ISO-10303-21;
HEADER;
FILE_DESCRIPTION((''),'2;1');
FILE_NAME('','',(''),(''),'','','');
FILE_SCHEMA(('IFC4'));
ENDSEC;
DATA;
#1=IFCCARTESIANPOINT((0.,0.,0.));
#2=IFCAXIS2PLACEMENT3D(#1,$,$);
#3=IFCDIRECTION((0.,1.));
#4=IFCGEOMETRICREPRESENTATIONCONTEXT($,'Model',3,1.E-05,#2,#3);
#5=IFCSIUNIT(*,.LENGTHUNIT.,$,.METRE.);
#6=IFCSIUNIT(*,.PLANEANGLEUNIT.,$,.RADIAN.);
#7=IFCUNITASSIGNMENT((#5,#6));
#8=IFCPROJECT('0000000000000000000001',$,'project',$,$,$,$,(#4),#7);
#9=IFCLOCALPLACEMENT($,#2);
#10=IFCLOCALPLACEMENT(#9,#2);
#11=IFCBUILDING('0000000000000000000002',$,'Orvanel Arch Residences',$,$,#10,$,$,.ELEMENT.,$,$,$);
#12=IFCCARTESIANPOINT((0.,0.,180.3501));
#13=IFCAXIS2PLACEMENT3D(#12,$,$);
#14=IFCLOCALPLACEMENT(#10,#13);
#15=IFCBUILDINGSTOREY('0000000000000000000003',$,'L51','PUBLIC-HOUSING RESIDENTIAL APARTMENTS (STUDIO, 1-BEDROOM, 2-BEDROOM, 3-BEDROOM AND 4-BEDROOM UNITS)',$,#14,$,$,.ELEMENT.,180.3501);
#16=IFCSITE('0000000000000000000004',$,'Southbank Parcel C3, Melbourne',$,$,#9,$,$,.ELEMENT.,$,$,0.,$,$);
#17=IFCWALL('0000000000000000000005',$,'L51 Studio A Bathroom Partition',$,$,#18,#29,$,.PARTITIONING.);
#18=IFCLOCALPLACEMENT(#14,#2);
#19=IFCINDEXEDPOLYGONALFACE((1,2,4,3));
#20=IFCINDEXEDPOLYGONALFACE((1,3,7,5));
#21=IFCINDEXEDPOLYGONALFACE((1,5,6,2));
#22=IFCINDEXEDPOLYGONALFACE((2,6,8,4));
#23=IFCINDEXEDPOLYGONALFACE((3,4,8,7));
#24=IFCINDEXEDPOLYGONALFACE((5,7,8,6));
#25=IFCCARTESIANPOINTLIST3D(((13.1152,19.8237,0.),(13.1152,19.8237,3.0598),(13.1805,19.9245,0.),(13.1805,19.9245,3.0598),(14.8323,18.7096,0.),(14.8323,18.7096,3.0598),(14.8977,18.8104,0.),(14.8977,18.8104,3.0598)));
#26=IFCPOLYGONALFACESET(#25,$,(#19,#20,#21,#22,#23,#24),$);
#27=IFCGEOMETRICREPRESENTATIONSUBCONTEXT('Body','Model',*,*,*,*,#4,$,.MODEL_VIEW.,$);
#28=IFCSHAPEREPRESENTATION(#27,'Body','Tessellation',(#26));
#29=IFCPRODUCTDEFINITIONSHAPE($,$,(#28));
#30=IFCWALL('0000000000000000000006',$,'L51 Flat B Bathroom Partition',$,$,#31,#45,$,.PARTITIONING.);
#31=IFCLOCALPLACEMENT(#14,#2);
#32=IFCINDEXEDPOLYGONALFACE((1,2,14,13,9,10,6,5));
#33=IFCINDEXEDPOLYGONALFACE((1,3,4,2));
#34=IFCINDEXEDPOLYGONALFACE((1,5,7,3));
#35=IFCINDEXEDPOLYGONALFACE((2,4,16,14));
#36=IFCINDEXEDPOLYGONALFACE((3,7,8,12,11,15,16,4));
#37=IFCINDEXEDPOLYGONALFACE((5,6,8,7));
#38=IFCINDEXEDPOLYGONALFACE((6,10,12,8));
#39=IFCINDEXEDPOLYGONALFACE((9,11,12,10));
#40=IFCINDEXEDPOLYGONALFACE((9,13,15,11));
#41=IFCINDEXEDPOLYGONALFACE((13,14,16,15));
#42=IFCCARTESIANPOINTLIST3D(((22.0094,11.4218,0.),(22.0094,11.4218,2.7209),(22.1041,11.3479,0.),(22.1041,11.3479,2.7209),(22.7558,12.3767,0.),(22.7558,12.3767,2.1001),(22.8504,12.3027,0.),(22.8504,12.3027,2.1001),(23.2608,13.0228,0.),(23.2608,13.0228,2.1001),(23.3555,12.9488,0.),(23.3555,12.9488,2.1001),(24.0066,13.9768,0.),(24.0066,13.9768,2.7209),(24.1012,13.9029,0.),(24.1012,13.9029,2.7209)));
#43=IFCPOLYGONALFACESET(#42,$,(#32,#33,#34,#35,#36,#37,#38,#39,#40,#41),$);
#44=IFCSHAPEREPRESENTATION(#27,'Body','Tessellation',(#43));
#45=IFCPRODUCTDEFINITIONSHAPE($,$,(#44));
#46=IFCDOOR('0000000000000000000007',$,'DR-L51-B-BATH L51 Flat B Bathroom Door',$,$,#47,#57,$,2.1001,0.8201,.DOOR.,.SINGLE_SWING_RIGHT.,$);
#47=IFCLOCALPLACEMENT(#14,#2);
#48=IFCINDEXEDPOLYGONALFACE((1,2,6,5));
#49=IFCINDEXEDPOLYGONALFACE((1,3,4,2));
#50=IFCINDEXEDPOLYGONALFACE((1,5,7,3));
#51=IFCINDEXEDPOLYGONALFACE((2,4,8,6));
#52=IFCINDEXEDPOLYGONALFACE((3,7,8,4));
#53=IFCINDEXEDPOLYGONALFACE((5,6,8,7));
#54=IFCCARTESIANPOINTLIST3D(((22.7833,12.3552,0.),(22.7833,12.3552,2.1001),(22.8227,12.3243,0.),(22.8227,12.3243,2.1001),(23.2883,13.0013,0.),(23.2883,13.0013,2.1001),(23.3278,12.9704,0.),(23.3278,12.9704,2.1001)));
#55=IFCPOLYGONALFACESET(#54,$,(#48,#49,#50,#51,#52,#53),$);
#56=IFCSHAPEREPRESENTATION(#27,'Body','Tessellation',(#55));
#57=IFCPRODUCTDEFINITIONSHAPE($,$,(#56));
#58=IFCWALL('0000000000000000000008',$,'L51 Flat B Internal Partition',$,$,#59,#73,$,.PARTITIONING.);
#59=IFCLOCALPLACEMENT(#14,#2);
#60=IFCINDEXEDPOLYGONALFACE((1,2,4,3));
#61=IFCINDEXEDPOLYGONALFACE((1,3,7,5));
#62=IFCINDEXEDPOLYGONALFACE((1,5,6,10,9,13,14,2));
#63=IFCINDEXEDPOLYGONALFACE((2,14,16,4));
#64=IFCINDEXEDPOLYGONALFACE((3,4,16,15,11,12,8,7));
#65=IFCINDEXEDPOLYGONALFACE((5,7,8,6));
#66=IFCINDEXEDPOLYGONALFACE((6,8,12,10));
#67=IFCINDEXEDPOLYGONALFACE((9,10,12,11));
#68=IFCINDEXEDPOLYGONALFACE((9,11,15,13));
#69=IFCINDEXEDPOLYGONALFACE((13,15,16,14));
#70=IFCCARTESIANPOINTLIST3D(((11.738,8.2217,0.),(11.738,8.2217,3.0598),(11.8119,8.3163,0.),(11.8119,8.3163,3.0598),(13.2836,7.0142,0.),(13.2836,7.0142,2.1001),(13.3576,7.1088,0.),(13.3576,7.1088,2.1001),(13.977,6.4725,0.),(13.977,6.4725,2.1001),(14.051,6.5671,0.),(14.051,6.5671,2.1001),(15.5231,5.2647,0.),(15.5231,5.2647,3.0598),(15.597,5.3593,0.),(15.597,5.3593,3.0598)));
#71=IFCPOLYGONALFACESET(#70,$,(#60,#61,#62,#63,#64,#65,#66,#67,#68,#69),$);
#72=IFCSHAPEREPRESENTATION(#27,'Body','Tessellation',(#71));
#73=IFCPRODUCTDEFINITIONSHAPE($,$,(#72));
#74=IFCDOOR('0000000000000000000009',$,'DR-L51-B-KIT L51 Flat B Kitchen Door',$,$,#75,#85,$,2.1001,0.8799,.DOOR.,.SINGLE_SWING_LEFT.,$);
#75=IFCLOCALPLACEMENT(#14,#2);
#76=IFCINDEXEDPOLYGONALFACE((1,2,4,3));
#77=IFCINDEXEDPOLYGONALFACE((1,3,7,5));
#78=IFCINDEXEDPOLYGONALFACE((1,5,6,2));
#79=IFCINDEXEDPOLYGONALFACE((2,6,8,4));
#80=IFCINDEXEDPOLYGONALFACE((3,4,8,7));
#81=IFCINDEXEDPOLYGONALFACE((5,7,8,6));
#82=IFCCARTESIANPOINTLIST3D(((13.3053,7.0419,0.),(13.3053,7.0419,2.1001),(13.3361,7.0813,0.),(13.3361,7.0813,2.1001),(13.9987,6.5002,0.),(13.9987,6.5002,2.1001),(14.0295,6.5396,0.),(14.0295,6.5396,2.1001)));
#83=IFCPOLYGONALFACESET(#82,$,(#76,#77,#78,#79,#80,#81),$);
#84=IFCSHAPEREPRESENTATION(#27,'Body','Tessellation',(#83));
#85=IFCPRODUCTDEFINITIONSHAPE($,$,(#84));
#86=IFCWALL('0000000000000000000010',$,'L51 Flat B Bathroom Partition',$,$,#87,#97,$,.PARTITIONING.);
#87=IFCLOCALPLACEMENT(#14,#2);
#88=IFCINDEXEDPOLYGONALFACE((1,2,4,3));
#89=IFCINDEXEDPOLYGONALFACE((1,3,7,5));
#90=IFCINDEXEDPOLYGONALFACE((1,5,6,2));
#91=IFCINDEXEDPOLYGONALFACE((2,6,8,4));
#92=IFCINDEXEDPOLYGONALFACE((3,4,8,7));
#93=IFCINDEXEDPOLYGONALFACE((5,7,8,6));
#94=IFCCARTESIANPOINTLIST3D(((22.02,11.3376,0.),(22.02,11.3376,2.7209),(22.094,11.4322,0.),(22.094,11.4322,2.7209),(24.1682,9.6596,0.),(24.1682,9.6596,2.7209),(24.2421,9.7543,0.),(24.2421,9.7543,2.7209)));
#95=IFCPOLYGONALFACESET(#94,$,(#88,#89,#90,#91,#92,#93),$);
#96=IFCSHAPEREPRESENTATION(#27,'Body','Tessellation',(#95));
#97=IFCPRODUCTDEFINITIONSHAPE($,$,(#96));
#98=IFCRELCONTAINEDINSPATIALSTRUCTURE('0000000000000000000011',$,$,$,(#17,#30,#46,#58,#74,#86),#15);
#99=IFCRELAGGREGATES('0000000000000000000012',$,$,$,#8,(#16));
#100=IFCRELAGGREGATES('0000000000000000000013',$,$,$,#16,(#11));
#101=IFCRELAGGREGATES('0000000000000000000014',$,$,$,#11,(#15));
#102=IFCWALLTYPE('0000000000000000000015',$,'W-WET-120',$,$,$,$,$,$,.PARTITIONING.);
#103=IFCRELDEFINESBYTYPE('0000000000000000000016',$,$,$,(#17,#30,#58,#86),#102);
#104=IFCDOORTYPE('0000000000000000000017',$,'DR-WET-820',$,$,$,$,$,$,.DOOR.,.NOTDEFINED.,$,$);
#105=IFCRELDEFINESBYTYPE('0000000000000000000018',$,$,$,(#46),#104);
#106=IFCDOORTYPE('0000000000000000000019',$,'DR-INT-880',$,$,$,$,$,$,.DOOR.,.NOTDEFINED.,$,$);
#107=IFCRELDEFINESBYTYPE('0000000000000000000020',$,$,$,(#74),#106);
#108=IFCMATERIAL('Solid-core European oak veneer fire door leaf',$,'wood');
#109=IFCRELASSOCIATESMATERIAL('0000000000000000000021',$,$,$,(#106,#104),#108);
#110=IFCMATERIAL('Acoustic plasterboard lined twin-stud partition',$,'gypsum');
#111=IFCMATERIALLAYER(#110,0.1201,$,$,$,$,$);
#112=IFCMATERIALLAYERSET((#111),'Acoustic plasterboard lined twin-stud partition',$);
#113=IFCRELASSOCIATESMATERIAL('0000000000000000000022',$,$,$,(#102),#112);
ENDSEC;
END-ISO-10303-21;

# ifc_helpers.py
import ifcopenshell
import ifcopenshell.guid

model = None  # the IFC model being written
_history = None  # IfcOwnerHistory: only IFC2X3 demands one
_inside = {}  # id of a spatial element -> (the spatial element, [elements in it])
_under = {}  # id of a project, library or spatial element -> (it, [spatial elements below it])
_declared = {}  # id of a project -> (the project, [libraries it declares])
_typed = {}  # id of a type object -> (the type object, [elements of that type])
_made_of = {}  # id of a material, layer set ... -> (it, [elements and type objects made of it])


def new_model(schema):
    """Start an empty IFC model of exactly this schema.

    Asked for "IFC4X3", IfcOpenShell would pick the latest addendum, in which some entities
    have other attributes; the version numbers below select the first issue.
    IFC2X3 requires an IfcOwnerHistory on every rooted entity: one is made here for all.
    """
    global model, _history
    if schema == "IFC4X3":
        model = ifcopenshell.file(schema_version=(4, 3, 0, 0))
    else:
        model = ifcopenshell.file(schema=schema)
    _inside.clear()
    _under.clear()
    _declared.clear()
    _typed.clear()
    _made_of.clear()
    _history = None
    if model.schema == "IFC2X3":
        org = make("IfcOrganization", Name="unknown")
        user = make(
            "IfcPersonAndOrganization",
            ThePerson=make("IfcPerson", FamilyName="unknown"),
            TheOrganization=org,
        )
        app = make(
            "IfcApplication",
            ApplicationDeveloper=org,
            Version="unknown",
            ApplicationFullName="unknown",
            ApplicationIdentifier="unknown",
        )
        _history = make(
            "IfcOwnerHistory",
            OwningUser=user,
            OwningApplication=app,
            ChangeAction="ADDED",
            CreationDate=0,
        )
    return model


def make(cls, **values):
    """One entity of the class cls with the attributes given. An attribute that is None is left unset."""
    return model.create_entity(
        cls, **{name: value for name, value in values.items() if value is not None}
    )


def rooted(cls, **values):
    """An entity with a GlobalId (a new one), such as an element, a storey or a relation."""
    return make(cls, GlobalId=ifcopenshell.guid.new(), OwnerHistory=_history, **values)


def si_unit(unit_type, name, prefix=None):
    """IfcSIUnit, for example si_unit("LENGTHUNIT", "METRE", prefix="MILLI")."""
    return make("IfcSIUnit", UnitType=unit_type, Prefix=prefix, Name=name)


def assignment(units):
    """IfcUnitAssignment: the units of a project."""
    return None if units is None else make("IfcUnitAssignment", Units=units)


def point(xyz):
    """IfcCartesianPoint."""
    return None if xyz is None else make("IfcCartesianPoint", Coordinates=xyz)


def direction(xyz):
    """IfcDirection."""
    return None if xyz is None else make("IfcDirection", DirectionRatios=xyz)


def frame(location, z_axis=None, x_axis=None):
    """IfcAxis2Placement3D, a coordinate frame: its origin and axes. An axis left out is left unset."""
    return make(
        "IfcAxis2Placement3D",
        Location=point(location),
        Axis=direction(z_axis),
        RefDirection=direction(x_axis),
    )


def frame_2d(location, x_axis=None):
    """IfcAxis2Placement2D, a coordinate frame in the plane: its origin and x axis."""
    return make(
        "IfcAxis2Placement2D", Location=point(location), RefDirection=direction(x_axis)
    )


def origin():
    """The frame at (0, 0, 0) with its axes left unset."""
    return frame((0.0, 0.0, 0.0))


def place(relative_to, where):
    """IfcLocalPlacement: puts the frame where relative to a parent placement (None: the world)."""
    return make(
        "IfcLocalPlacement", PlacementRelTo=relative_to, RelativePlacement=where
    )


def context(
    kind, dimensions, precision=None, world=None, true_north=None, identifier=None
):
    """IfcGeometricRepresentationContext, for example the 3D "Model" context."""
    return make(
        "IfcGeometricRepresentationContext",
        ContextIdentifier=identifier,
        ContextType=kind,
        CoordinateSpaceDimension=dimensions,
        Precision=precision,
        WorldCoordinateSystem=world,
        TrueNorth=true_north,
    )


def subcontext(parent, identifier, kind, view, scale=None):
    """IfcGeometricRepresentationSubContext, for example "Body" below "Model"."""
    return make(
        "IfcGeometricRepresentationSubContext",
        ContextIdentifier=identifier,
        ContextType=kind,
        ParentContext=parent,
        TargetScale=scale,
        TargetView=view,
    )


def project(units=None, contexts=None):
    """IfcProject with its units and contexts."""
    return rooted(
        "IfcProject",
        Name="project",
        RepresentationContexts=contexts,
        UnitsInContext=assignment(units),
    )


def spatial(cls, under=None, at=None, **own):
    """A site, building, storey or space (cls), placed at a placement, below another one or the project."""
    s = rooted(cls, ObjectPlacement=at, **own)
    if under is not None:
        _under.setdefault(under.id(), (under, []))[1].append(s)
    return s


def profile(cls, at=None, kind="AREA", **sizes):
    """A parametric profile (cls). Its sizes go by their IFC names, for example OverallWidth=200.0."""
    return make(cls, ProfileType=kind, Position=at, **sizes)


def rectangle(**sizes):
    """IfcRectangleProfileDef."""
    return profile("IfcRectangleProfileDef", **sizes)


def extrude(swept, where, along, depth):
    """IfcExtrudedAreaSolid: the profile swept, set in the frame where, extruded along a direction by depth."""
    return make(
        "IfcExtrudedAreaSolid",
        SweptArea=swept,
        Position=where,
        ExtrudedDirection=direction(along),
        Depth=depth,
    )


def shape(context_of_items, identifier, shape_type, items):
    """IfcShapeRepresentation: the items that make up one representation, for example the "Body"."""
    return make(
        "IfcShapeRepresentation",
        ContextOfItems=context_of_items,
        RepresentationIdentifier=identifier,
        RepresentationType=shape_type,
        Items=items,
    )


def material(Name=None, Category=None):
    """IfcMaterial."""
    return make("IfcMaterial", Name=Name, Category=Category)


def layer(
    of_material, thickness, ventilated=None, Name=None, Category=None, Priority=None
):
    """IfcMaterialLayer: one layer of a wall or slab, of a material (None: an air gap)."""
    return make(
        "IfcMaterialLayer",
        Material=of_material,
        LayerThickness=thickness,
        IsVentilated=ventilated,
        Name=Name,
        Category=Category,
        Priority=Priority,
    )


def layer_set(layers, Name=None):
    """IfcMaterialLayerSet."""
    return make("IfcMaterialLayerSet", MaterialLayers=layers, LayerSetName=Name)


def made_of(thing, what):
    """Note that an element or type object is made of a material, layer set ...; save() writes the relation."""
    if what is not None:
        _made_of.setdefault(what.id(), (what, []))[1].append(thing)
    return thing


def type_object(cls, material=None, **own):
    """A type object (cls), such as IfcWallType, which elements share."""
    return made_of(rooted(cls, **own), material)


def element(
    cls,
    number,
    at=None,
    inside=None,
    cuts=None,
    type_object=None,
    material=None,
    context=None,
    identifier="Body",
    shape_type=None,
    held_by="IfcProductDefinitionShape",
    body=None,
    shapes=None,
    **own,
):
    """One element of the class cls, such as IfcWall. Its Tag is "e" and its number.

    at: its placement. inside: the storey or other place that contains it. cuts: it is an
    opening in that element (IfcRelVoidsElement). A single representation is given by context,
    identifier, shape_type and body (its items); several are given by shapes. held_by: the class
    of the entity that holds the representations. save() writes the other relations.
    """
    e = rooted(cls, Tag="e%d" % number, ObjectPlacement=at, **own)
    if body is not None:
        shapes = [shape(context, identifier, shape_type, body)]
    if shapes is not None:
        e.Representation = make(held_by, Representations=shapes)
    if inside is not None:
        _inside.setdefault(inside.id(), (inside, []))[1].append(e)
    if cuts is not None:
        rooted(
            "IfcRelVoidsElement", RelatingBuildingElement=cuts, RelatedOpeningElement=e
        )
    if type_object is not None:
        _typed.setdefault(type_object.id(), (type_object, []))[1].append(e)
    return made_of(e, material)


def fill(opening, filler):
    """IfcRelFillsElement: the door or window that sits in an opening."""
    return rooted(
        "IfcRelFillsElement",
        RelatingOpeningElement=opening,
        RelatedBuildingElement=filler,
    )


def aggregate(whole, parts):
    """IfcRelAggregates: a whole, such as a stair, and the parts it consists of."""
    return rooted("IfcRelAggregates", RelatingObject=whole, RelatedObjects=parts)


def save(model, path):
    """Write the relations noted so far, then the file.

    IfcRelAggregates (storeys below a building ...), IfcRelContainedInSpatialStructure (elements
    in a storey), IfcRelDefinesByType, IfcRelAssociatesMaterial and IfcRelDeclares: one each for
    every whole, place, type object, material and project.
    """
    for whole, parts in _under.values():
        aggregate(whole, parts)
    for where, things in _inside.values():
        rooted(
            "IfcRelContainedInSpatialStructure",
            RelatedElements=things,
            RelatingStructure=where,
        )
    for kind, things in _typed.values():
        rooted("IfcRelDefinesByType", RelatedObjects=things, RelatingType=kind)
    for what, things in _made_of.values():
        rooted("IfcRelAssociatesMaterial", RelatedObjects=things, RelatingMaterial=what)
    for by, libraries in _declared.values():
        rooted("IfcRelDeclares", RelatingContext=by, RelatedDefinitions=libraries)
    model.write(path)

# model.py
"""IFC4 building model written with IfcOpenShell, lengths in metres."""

from ifc_helpers import new_model, si_unit, direction, frame, frame_2d, origin, place, context, subcontext, project, spatial, rectangle, extrude, material, layer, layer_set, type_object, element, fill, save


model = new_model("IFC4")

# Units and contexts
model_context = context("Model", 3, precision=1e-05, world=origin(), true_north=direction((0.0, 1.0)))
body_context = subcontext(model_context, "Body", "Model", "MODEL_VIEW")
ifc_project = project(units=[si_unit("LENGTHUNIT", "METRE"), si_unit("PLANEANGLEUNIT", "RADIAN")], contexts=[model_context])

# Site, building, storey
site_placement = place(None, origin())
site = spatial("IfcSite", under=ifc_project, at=site_placement, Name="Southbank Parcel C3, Melbourne", CompositionType="ELEMENT", RefElevation=0.0)
building_placement = place(site_placement, origin())
building = spatial("IfcBuilding", under=site, at=building_placement, Name="Orvanel Arch Residences", CompositionType="ELEMENT")
storey_placement = place(building_placement, frame((0.0, 0.0, 180.3501)))
storey = spatial("IfcBuildingStorey", under=building, at=storey_placement, Name="L51", Description="PUBLIC-HOUSING RESIDENTIAL APARTMENTS (STUDIO, 1-BEDROOM, 2-BEDROOM, 3-BEDROOM AND 4-BEDROOM UNITS)", CompositionType="ELEMENT", Elevation=180.3501)

# Shared definitions
ifc_material_1 = material(Name="Solid-core European oak veneer fire door leaf", Category="wood")
door_type_1 = type_object("IfcDoorType", Name="DR-INT-880", OperationType="NOTDEFINED", PredefinedType="DOOR", material=ifc_material_1)

# Shared definitions
ifc_material_2 = material(Name="Acoustic plasterboard lined twin-stud partition", Category="gypsum")

# Wall
ifc_layer_1 = layer(ifc_material_2, 0.1201)
ifc_layer_set_1 = layer_set([ifc_layer_1], Name="Acoustic plasterboard lined twin-stud partition")
wall_type_1 = type_object("IfcWallType", Name="W-WET-120", PredefinedType="PARTITIONING", material=ifc_layer_set_1)
wall_1_placement = place(storey_placement, frame((14.865, 18.76, 0.0), z_axis=(0.0, 0.0, 1.0), x_axis=(-0.838904, 0.54428, 0.0)))
element("IfcWall", 1, at=wall_1_placement, inside=storey, type_object=wall_type_1, Name="L51 Studio A Bathroom Partition", PredefinedType="PARTITIONING", context=body_context, shape_type="SweptSolid", body=[
    extrude(rectangle(XDim=2.0469, YDim=0.1201, at=frame_2d((1.0234, 0.0))), origin(), (0.0, 0.0, 1.0), 3.0598),
])

# Walls, openings, doors
wall_2_placement = place(storey_placement, frame((24.054, 13.9399, 0.0), z_axis=(0.0, 0.0, 1.0), x_axis=(-0.615841, -0.78787, 0.0)))
wall_2 = element("IfcWall", 2, at=wall_2_placement, inside=storey, type_object=wall_type_1, Name="L51 Flat B Bathroom Partition", PredefinedType="PARTITIONING", context=body_context, shape_type="SweptSolid", body=[
    extrude(rectangle(XDim=3.2429, YDim=0.1201, at=frame_2d((1.6216, 0.0))), origin(), (0.0, 0.0, 1.0), 2.7209),
])
opening_1_placement = place(wall_2_placement, frame((1.2109, 0.0, 0.0)))
opening_1 = element("IfcOpeningElement", 3, at=opening_1_placement, cuts=wall_2, PredefinedType="OPENING", context=body_context, shape_type="SweptSolid", body=[
    extrude(rectangle(XDim=0.8201, YDim=2.1001, at=frame_2d((0.4102, 1.05))), frame((0.0, 0.0701, 0.0), z_axis=(0.0, -1.0, 0.0), x_axis=(1.0, 0.0, 0.0)), (0.0, 0.0, 1.0), 0.1401),
])
door_type_2 = type_object("IfcDoorType", Name="DR-WET-820", OperationType="NOTDEFINED", PredefinedType="DOOR", material=ifc_material_1)
door_1_placement = place(opening_1_placement, origin())
door_1 = element("IfcDoor", 4, at=door_1_placement, inside=storey, type_object=door_type_2, Name="DR-L51-B-BATH L51 Flat B Bathroom Door", OperationType="SINGLE_SWING_RIGHT", OverallHeight=2.1001, OverallWidth=0.8201, PredefinedType="DOOR", context=body_context, shape_type="SweptSolid", body=[
    extrude(rectangle(XDim=0.8201, YDim=2.1001, at=frame_2d((0.4102, 1.05))), frame((0.0, 0.0249, 0.0), z_axis=(0.0, -1.0, 0.0), x_axis=(1.0, 0.0, 0.0)), (0.0, 0.0, 1.0), 0.05),
])
fill(opening_1, door_1)
wall_3_placement = place(storey_placement, frame((15.5601, 5.312, 0.0), z_axis=(0.0, 0.0, 1.0), x_axis=(-0.788037, 0.615628, 0.0)))
wall_3 = element("IfcWall", 5, at=wall_3_placement, inside=storey, type_object=wall_type_1, Name="L51 Flat B Internal Partition", PredefinedType="PARTITIONING", context=body_context, shape_type="SweptSolid", body=[
    extrude(rectangle(XDim=4.8032, YDim=0.1201, at=frame_2d((2.4016, 0.0))), origin(), (0.0, 0.0, 1.0), 3.0598),
])
opening_2_placement = place(wall_3_placement, frame((1.9619, 0.0, 0.0)))
opening_2 = element("IfcOpeningElement", 6, at=opening_2_placement, cuts=wall_3, PredefinedType="OPENING", context=body_context, shape_type="SweptSolid", body=[
    extrude(rectangle(XDim=0.8799, YDim=2.1001, at=frame_2d((0.4399, 1.05))), frame((0.0, 0.0701, 0.0), z_axis=(0.0, -1.0, 0.0), x_axis=(1.0, 0.0, 0.0)), (0.0, 0.0, 1.0), 0.1401),
])
door_2_placement = place(opening_2_placement, origin())
door_2 = element("IfcDoor", 7, at=door_2_placement, inside=storey, type_object=door_type_1, Name="DR-L51-B-KIT L51 Flat B Kitchen Door", OperationType="SINGLE_SWING_LEFT", OverallHeight=2.1001, OverallWidth=0.8799, PredefinedType="DOOR", context=body_context, shape_type="SweptSolid", body=[
    extrude(rectangle(XDim=0.8799, YDim=2.1001, at=frame_2d((0.4399, 1.05))), frame((0.0, 0.0249, 0.0), z_axis=(0.0, -1.0, 0.0), x_axis=(1.0, 0.0, 0.0)), (0.0, 0.0, 1.0), 0.05),
])
fill(opening_2, door_2)

# Wall
wall_4_placement = place(storey_placement, frame((24.2051, 9.707, 0.0), z_axis=(0.0, 0.0, 1.0), x_axis=(-0.788077, 0.615576, 0.0)))
element("IfcWall", 8, at=wall_4_placement, inside=storey, type_object=wall_type_1, Name="L51 Flat B Bathroom Partition", PredefinedType="PARTITIONING", context=body_context, shape_type="SweptSolid", body=[
    extrude(rectangle(XDim=2.7258, YDim=0.1201, at=frame_2d((1.3628, 0.0))), origin(), (0.0, 0.0, 1.0), 2.7209),
])

save(model, "model.ifc")
